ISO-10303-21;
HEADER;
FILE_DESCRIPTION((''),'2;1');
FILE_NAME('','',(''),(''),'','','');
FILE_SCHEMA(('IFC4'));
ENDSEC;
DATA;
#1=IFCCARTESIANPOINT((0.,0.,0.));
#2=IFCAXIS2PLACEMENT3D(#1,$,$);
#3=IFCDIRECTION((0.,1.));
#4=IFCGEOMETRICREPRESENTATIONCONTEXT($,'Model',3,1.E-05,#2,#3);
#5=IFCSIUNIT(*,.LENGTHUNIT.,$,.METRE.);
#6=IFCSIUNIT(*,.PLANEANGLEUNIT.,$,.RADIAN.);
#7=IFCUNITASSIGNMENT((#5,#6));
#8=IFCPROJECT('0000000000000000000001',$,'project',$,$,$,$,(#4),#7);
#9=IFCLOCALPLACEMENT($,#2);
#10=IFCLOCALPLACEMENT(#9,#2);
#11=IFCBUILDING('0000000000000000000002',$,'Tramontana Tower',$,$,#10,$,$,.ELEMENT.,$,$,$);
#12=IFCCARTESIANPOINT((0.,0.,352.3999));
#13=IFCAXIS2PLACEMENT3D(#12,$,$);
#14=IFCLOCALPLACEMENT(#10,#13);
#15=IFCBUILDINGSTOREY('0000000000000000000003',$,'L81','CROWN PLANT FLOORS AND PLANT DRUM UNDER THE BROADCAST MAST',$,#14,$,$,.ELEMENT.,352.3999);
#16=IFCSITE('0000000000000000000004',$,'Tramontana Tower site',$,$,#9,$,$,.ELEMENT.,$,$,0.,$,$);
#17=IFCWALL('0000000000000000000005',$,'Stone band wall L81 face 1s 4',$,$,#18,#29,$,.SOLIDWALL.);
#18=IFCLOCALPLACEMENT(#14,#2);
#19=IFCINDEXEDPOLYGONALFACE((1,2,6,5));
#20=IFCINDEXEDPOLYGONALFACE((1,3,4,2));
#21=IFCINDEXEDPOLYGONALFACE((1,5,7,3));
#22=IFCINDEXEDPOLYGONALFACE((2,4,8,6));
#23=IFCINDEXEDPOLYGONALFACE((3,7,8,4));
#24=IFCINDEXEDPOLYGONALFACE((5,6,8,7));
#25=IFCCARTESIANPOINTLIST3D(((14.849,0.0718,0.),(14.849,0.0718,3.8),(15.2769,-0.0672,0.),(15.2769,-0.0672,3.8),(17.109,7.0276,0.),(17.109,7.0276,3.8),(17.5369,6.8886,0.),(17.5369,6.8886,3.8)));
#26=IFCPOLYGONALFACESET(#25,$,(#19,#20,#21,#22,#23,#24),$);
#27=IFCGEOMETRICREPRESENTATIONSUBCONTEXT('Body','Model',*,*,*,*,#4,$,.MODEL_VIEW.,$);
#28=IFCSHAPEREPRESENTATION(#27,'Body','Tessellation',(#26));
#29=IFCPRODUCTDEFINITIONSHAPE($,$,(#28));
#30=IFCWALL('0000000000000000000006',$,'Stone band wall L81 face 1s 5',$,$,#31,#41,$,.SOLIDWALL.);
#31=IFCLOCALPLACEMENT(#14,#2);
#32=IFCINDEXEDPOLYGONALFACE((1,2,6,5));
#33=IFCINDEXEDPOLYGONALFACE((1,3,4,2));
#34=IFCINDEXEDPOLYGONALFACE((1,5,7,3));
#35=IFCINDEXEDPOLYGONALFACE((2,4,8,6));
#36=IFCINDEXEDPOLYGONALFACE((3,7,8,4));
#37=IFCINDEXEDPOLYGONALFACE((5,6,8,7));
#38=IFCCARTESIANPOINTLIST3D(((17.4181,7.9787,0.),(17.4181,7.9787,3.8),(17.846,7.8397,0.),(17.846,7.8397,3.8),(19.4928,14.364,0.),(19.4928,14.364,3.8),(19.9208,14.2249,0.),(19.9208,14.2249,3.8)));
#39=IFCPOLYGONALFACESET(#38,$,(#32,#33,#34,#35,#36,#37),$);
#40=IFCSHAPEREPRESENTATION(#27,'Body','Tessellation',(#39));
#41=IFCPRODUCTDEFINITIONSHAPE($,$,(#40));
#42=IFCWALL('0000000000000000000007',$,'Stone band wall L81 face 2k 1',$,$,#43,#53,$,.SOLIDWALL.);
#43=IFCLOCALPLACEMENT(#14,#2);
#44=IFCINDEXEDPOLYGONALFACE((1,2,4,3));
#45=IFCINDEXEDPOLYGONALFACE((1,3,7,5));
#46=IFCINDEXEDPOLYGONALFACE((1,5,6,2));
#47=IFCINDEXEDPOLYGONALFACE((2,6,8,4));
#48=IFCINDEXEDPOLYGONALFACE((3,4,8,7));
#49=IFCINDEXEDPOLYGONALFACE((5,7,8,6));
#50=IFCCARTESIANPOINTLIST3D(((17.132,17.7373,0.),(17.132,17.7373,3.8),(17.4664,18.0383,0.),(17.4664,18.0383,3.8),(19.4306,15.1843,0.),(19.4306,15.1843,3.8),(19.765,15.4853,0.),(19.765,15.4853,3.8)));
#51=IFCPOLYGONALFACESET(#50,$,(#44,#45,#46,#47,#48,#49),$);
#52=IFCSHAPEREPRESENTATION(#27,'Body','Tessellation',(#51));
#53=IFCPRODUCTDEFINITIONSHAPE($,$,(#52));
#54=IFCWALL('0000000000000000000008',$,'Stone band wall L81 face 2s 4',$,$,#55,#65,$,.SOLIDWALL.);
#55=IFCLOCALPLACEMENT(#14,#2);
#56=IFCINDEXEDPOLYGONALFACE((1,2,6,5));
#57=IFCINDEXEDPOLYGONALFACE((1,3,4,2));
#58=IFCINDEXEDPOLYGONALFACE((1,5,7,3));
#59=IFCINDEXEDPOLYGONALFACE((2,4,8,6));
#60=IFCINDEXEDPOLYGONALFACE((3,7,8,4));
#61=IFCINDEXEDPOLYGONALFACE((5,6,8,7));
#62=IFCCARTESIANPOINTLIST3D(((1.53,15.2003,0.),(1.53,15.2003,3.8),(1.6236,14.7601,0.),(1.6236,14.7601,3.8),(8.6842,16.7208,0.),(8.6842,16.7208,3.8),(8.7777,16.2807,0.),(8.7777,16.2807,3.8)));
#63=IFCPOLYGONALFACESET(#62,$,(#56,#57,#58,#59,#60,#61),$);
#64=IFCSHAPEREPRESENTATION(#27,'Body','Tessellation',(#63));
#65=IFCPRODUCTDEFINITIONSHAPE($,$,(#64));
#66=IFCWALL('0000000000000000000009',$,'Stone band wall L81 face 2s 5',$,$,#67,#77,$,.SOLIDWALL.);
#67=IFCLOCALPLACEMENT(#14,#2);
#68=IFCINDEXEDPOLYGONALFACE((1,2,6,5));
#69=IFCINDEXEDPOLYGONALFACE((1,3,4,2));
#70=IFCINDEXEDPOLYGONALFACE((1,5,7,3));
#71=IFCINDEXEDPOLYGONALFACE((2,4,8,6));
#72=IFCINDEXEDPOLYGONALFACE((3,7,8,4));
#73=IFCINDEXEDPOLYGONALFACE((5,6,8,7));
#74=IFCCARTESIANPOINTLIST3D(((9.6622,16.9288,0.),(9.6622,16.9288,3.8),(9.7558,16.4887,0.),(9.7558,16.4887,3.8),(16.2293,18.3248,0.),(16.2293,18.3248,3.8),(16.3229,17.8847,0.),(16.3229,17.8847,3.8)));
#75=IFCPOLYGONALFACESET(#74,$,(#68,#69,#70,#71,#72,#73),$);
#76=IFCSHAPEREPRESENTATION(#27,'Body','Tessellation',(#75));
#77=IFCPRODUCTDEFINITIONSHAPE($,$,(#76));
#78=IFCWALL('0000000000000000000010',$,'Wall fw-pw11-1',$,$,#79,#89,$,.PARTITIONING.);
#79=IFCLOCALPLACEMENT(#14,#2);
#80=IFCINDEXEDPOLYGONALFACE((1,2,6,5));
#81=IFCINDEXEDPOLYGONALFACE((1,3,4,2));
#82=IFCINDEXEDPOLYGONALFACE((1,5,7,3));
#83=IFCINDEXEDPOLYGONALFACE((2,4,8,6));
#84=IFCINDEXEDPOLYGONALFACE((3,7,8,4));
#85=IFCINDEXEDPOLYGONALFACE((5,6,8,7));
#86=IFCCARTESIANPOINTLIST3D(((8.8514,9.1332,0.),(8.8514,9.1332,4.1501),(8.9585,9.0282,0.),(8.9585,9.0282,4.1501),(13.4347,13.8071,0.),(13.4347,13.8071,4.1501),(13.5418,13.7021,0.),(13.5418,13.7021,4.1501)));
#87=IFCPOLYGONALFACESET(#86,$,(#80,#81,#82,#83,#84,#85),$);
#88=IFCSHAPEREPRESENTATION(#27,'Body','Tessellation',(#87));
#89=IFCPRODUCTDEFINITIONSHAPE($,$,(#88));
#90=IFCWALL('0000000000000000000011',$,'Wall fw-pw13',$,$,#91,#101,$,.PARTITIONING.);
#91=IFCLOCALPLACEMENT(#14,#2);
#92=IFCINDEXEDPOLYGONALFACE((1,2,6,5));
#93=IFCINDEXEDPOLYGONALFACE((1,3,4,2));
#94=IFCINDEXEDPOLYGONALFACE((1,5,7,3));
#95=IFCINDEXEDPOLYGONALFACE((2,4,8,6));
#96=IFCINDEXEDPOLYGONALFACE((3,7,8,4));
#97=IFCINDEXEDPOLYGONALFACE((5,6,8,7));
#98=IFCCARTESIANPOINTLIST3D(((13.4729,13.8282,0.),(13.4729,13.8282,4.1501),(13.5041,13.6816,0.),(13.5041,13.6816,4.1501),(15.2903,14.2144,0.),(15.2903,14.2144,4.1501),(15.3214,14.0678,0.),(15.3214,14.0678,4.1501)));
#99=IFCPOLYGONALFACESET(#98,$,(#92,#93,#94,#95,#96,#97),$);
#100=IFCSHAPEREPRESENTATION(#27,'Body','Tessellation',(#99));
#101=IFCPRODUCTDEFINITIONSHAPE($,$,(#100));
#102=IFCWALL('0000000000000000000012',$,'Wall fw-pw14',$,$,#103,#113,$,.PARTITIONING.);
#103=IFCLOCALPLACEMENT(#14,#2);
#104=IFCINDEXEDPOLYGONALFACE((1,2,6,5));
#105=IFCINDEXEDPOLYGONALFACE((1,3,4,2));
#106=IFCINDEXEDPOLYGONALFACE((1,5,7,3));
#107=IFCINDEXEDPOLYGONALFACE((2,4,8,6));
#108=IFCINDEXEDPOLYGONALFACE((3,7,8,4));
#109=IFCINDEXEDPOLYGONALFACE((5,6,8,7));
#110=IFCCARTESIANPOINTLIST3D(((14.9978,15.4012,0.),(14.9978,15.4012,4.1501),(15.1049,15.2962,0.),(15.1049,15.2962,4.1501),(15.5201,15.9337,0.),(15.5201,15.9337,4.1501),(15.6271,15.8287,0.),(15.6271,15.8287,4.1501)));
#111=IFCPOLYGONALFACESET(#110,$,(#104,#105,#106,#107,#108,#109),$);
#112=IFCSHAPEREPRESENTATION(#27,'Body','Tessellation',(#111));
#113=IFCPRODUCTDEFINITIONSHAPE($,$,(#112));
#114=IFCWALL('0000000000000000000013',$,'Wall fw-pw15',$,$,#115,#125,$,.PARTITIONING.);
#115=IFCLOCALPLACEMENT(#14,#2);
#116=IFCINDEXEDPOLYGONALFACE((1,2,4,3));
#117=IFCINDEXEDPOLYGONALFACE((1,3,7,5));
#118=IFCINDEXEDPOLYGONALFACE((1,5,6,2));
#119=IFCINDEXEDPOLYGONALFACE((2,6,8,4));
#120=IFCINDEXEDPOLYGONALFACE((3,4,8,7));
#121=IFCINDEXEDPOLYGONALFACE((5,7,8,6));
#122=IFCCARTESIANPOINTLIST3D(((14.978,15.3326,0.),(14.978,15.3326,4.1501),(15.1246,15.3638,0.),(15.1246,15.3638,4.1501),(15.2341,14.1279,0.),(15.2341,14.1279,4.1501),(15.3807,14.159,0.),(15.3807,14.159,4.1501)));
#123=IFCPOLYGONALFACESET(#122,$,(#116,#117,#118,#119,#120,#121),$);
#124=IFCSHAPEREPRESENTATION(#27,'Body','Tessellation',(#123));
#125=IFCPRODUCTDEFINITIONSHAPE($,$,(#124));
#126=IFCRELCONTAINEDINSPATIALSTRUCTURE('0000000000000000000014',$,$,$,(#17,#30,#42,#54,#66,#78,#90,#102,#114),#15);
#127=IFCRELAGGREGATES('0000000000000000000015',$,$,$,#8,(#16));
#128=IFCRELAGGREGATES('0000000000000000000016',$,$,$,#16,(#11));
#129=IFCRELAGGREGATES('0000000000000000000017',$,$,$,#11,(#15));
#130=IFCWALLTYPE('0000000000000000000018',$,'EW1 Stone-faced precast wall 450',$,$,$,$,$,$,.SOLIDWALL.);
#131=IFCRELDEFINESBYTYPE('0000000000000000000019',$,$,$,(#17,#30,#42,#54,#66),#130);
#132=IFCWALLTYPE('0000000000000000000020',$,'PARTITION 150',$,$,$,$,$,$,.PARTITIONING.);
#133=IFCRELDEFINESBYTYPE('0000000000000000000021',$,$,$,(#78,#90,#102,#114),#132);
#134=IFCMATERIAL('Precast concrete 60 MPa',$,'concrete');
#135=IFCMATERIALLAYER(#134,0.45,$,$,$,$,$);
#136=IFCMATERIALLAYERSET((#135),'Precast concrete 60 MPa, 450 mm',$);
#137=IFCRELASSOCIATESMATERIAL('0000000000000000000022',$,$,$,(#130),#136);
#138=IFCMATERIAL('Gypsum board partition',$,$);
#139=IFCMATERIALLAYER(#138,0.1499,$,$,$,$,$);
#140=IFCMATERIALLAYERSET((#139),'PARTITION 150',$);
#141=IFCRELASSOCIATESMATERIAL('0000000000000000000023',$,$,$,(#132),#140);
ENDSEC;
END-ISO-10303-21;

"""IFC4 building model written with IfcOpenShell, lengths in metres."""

from ifc_helpers import new_model, si_unit, direction, frame, frame_2d, origin, place, context, subcontext, project, spatial, rectangle, extrude, material, layer, layer_set, type_object, element, save


model = new_model("IFC4")

# Units and contexts
model_context = context("Model", 3, precision=1e-05, world=origin(), true_north=direction((0.0, 1.0)))
body_context = subcontext(model_context, "Body", "Model", "MODEL_VIEW")
ifc_project = project(units=[si_unit("LENGTHUNIT", "METRE"), si_unit("PLANEANGLEUNIT", "RADIAN")], contexts=[model_context])

# Site, building, storey
site_placement = place(None, origin())
site = spatial("IfcSite", under=ifc_project, at=site_placement, Name="Tramontana Tower site", CompositionType="ELEMENT", RefElevation=0.0)
building_placement = place(site_placement, origin())
building = spatial("IfcBuilding", under=site, at=building_placement, Name="Tramontana Tower", CompositionType="ELEMENT")
storey_placement = place(building_placement, frame((0.0, 0.0, 352.3999)))
storey = spatial("IfcBuildingStorey", under=building, at=storey_placement, Name="L81", Description="CROWN PLANT FLOORS AND PLANT DRUM UNDER THE BROADCAST MAST", CompositionType="ELEMENT", Elevation=352.3999)

# Walls
ifc_material_1 = material(Name="Precast concrete 60 MPa", Category="concrete")
ifc_layer_1 = layer(ifc_material_1, 0.45)
ifc_layer_set_1 = layer_set([ifc_layer_1], Name="Precast concrete 60 MPa, 450 mm")
wall_type_1 = type_object("IfcWallType", Name="EW1 Stone-faced precast wall 450", PredefinedType="SOLIDWALL", material=ifc_layer_set_1)
wall_1_placement = place(storey_placement, frame((15.063, 0.0024, 0.0), z_axis=(0.0, 0.0, 1.0), x_axis=(0.309008, 0.951059, 0.0)))
element("IfcWall", 1, at=wall_1_placement, inside=storey, type_object=wall_type_1, Name="Stone band wall L81 face 1s 4", PredefinedType="SOLIDWALL", context=body_context, shape_type="SweptSolid", body=[
    extrude(rectangle(XDim=7.3137, YDim=0.45, at=frame_2d((3.6567, 0.0))), origin(), (0.0, 0.0, 1.0), 3.8),
])
wall_2_placement = place(storey_placement, frame((17.6321, 7.9092, 0.0), z_axis=(0.0, 0.0, 1.0), x_axis=(0.309019, 0.951056, 0.0)))
element("IfcWall", 2, at=wall_2_placement, inside=storey, type_object=wall_type_1, Name="Stone band wall L81 face 1s 5", PredefinedType="SOLIDWALL", context=body_context, shape_type="SweptSolid", body=[
    extrude(rectangle(XDim=6.7139, YDim=0.45, at=frame_2d((3.3569, 0.0))), origin(), (0.0, 0.0, 1.0), 3.8),
])
wall_3_placement = place(storey_placement, frame((19.5979, 15.3347, 0.0), z_axis=(0.0, 0.0, 1.0), x_axis=(-0.66911, 0.743163, 0.0)))
element("IfcWall", 3, at=wall_3_placement, inside=storey, type_object=wall_type_1, Name="Stone band wall L81 face 2k 1", PredefinedType="SOLIDWALL", context=body_context, shape_type="SweptSolid", body=[
    extrude(rectangle(XDim=3.4353, YDim=0.45, at=frame_2d((1.7178, 0.0))), origin(), (0.0, 0.0, 1.0), 3.8),
])
wall_4_placement = place(storey_placement, frame((8.731, 16.5007, 0.0), z_axis=(0.0, 0.0, 1.0), x_axis=(-0.978151, -0.207894, 0.0)))
element("IfcWall", 4, at=wall_4_placement, inside=storey, type_object=wall_type_1, Name="Stone band wall L81 face 2s 4", PredefinedType="SOLIDWALL", context=body_context, shape_type="SweptSolid", body=[
    extrude(rectangle(XDim=7.314, YDim=0.45, at=frame_2d((3.657, 0.0))), origin(), (0.0, 0.0, 1.0), 3.8),
])
wall_5_placement = place(storey_placement, frame((16.2761, 18.1047, 0.0), z_axis=(0.0, 0.0, 1.0), x_axis=(-0.978144, -0.207927, 0.0)))
element("IfcWall", 5, at=wall_5_placement, inside=storey, type_object=wall_type_1, Name="Stone band wall L81 face 2s 5", PredefinedType="SOLIDWALL", context=body_context, shape_type="SweptSolid", body=[
    extrude(rectangle(XDim=6.7139, YDim=0.45, at=frame_2d((3.3569, 0.0))), origin(), (0.0, 0.0, 1.0), 3.8),
])
ifc_material_2 = material(Name="Gypsum board partition")
ifc_layer_2 = layer(ifc_material_2, 0.1499)
ifc_layer_set_2 = layer_set([ifc_layer_2], Name="PARTITION 150")
wall_type_2 = type_object("IfcWallType", Name="PARTITION 150", PredefinedType="PARTITIONING", material=ifc_layer_set_2)
wall_6_placement = place(storey_placement, frame((8.905, 9.0808, 0.0), z_axis=(0.0, 0.0, 1.0), x_axis=(0.700155, 0.713991, 0.0)))
element("IfcWall", 6, at=wall_6_placement, inside=storey, type_object=wall_type_2, Name="Wall fw-pw11-1", PredefinedType="PARTITIONING", context=body_context, shape_type="SweptSolid", body=[
    extrude(rectangle(XDim=6.5461, YDim=0.1499, at=frame_2d((3.2729, 0.0))), origin(), (0.0, 0.0, 1.0), 4.1501),
])
wall_7_placement = place(storey_placement, frame((13.4885, 13.7549, 0.0), z_axis=(0.0, 0.0, 1.0), x_axis=(0.978155, 0.207878, 0.0)))
element("IfcWall", 7, at=wall_7_placement, inside=storey, type_object=wall_type_2, Name="Wall fw-pw13", PredefinedType="PARTITIONING", context=body_context, shape_type="SweptSolid", body=[
    extrude(rectangle(XDim=1.8579, YDim=0.1499, at=frame_2d((0.929, 0.0))), origin(), (0.0, 0.0, 1.0), 4.1501),
])
wall_8_placement = place(storey_placement, frame((15.0513, 15.3486, 0.0), z_axis=(0.0, 0.0, 1.0), x_axis=(0.700199, 0.713948, 0.0)))
element("IfcWall", 8, at=wall_8_placement, inside=storey, type_object=wall_type_2, Name="Wall fw-pw14", PredefinedType="PARTITIONING", context=body_context, shape_type="SweptSolid", body=[
    extrude(rectangle(XDim=0.7458, YDim=0.1499, at=frame_2d((0.373, 0.0))), origin(), (0.0, 0.0, 1.0), 4.1501),
])
wall_9_placement = place(storey_placement, frame((15.3074, 14.1436, 0.0), z_axis=(0.0, 0.0, 1.0), x_axis=(-0.207918, 0.978146, 0.0)))
element("IfcWall", 9, at=wall_9_placement, inside=storey, type_object=wall_type_2, Name="Wall fw-pw15", PredefinedType="PARTITIONING", context=body_context, shape_type="SweptSolid", body=[
    extrude(rectangle(XDim=1.2317, YDim=0.1499, at=frame_2d((0.6157, 0.0))), origin(), (0.0, 0.0, 1.0), 4.1501),
])

save(model, "model.ifc")
